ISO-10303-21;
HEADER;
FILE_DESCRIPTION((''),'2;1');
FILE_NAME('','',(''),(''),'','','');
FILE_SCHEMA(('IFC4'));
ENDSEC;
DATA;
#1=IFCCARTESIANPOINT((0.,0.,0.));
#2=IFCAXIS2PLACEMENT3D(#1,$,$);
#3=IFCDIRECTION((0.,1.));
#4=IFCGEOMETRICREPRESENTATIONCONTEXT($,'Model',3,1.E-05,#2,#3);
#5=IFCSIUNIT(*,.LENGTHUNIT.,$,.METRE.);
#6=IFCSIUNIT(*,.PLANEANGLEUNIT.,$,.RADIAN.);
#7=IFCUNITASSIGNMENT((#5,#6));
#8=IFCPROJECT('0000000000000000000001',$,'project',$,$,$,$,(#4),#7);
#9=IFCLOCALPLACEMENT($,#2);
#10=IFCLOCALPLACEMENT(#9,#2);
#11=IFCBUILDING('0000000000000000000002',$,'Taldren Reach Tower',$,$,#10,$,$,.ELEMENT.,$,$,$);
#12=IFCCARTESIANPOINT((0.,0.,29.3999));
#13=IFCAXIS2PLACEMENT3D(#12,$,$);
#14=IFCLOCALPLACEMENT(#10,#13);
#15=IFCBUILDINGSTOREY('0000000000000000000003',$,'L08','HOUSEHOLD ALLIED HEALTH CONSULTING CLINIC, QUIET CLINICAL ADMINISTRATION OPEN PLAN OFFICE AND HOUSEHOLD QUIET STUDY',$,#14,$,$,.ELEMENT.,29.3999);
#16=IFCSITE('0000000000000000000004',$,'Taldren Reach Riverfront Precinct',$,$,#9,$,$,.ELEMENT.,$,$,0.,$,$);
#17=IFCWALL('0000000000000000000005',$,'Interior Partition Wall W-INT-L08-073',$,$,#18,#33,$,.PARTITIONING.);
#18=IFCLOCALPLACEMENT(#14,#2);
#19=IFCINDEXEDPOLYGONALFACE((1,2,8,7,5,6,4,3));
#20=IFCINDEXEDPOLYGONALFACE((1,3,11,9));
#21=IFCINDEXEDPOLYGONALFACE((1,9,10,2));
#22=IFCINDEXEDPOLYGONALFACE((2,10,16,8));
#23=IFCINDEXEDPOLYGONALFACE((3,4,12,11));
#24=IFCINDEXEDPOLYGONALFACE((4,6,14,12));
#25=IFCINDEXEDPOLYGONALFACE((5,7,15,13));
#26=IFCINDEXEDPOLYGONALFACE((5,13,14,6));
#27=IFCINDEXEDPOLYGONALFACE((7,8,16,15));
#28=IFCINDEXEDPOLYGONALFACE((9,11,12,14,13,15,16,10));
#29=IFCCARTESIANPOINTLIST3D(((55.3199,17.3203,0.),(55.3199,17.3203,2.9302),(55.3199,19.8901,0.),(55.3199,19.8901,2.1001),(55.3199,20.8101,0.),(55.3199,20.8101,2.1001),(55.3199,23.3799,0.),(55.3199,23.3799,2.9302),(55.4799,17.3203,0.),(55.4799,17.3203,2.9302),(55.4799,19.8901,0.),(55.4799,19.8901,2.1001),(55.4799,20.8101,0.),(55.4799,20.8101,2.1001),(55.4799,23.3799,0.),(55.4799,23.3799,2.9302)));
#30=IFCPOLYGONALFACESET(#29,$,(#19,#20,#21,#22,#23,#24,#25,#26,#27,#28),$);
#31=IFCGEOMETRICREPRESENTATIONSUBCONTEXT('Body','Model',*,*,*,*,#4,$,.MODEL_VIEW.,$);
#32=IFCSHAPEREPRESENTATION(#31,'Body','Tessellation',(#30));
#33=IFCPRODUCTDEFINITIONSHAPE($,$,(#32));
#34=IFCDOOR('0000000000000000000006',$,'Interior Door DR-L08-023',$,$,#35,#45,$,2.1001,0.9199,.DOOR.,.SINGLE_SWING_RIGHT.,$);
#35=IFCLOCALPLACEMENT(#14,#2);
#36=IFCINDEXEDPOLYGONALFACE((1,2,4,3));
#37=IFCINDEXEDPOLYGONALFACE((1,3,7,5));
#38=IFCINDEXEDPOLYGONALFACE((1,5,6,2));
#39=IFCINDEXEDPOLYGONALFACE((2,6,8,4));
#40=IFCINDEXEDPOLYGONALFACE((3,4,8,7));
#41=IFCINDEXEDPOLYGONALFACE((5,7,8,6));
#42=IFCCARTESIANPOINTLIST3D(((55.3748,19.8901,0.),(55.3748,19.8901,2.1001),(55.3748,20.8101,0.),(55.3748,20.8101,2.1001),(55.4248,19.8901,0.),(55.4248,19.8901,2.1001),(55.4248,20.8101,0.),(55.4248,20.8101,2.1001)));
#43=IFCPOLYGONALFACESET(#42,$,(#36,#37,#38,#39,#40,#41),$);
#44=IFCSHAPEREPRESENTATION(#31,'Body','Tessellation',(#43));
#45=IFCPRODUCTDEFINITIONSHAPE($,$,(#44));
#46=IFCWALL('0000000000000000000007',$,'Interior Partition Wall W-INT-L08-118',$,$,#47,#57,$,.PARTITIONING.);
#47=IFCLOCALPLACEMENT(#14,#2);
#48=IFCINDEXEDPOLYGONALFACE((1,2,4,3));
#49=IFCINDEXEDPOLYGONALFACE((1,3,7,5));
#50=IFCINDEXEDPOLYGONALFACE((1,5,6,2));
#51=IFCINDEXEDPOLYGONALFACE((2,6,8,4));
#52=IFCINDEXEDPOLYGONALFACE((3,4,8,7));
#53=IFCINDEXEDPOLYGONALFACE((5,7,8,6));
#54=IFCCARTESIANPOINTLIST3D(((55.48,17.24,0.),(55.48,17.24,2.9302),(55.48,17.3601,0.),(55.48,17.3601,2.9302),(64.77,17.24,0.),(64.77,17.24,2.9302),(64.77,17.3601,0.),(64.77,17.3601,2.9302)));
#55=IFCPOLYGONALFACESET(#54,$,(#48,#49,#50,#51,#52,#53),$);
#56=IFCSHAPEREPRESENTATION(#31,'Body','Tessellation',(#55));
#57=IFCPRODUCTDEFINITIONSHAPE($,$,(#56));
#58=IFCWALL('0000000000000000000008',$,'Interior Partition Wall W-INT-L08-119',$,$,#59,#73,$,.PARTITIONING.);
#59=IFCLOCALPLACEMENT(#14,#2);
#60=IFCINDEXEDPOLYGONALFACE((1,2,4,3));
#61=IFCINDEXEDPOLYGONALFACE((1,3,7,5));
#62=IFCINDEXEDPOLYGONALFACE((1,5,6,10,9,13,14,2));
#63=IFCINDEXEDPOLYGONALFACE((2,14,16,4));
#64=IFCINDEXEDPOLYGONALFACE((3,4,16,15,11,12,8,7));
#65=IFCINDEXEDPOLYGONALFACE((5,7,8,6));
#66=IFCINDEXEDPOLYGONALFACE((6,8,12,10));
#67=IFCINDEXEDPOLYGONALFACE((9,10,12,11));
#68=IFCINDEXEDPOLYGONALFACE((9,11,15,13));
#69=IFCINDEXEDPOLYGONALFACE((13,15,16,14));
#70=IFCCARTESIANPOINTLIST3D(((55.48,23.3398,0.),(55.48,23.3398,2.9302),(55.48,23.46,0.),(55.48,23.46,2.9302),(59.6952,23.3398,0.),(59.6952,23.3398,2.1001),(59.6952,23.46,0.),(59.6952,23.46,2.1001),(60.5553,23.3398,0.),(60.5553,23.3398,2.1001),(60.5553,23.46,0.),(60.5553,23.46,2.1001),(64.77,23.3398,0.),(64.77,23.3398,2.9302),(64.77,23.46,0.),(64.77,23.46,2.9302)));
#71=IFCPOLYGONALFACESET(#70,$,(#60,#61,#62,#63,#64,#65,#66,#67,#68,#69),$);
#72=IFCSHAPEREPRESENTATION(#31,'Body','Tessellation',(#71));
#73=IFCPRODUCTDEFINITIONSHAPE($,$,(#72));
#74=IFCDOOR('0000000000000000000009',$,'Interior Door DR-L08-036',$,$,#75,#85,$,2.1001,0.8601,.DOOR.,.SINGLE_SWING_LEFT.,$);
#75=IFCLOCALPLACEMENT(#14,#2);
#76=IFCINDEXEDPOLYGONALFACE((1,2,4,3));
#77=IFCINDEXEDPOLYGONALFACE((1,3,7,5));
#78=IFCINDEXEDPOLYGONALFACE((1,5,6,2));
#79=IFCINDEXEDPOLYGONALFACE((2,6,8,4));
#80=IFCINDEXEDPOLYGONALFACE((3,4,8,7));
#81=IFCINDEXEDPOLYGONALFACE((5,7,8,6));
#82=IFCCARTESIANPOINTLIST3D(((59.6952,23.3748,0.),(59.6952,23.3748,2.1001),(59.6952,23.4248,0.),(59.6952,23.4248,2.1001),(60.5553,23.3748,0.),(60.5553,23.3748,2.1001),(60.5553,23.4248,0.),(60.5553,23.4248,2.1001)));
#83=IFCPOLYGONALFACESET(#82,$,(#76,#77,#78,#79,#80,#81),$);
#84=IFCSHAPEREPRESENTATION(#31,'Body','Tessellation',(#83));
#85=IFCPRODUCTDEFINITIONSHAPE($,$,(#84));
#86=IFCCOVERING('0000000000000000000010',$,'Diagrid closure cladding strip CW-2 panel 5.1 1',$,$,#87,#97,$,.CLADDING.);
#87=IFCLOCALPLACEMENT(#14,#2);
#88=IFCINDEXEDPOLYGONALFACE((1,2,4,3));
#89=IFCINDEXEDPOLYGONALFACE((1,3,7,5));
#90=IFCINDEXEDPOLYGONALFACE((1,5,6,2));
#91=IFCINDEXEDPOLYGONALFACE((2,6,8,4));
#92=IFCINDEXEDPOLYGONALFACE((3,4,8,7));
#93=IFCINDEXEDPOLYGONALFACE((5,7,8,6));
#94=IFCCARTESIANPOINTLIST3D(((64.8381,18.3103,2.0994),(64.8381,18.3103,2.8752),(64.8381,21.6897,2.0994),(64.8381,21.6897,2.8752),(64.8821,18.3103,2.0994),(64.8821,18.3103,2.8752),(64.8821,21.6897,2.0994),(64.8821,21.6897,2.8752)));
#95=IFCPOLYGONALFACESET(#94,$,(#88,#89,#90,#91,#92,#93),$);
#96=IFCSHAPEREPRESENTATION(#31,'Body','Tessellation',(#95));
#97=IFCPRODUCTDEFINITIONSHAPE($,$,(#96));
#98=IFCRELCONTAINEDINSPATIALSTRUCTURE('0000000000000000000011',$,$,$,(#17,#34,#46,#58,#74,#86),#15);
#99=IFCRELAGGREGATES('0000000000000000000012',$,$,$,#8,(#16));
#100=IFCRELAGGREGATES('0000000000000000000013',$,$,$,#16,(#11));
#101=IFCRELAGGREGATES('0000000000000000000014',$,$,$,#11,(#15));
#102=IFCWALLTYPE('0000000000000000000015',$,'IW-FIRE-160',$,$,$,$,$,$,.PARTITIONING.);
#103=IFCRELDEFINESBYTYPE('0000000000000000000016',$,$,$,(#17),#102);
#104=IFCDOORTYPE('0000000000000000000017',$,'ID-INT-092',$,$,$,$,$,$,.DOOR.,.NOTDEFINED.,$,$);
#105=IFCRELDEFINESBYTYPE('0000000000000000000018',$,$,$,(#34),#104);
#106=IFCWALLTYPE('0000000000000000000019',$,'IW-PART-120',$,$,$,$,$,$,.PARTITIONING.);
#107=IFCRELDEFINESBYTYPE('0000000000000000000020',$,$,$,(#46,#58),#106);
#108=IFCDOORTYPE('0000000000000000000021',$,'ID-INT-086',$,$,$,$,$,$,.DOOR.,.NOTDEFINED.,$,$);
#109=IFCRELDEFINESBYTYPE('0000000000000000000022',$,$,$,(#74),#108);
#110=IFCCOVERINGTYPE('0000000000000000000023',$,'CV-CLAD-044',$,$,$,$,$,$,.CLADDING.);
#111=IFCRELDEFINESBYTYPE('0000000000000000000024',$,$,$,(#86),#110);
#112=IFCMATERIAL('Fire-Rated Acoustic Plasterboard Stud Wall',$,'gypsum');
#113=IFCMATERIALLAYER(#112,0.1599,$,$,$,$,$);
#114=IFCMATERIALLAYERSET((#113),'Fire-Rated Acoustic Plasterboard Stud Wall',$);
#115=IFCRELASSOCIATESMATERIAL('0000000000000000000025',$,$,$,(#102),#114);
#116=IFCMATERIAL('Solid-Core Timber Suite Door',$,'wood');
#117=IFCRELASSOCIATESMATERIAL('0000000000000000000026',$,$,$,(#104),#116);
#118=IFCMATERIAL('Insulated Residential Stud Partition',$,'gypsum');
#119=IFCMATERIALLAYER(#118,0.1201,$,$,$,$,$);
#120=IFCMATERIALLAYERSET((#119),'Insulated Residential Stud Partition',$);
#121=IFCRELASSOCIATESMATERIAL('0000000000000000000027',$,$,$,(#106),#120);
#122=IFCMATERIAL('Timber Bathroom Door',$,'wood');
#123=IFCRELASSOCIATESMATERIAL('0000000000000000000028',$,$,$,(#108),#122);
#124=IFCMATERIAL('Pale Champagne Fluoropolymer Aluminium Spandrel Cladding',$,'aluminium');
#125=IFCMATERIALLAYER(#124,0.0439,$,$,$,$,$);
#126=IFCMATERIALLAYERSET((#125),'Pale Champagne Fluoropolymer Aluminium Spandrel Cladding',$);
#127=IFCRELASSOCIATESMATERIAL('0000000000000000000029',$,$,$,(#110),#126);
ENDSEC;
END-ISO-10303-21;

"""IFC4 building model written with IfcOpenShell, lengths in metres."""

from ifc_helpers import new_model, si_unit, direction, frame, frame_2d, origin, origin_2d, place, context, subcontext, project, spatial, rectangle, extrude, source, transform, mapped, material, layer, layer_set, type_object, element, fill, save


model = new_model("IFC4")

# Units and contexts
model_context = context("Model", 3, precision=1e-05, world=origin(), true_north=direction((0.0, 1.0)))
body_context = subcontext(model_context, "Body", "Model", "MODEL_VIEW")
ifc_project = project(units=[si_unit("LENGTHUNIT", "METRE"), si_unit("PLANEANGLEUNIT", "RADIAN")], contexts=[model_context])

# Site, building, storey
site_placement = place(None, origin())
site = spatial("IfcSite", under=ifc_project, at=site_placement, Name="Taldren Reach Riverfront Precinct", CompositionType="ELEMENT", RefElevation=0.0)
building_placement = place(site_placement, origin())
building = spatial("IfcBuilding", under=site, at=building_placement, Name="Taldren Reach Tower", CompositionType="ELEMENT")
storey_placement = place(building_placement, frame((0.0, 0.0, 29.3999)))
storey = spatial("IfcBuildingStorey", under=building, at=storey_placement, Name="L08", Description="HOUSEHOLD ALLIED HEALTH CONSULTING CLINIC, QUIET CLINICAL ADMINISTRATION OPEN PLAN OFFICE AND HOUSEHOLD QUIET STUDY", CompositionType="ELEMENT", Elevation=29.3999)

# Wall, opening, door
ifc_material_1 = material(Name="Fire-Rated Acoustic Plasterboard Stud Wall", Category="gypsum")
ifc_layer_1 = layer(ifc_material_1, 0.1599)
ifc_layer_set_1 = layer_set([ifc_layer_1], Name="Fire-Rated Acoustic Plasterboard Stud Wall")
wall_type_1 = type_object("IfcWallType", Name="IW-FIRE-160", PredefinedType="PARTITIONING", material=ifc_layer_set_1)
shared_shape_1 = source(origin(), body_context, "Body", "SweptSolid", [
    extrude(rectangle(XDim=0.9199, YDim=2.1001, at=frame_2d((0.46, 1.05))), frame((0.0, 0.0898, 0.0), z_axis=(0.0, -1.0, 0.0), x_axis=(1.0, 0.0, 0.0)), (0.0, 0.0, 1.0), 0.1799),
])
ifc_material_2 = material(Name="Solid-Core Timber Suite Door", Category="wood")
door_type_1 = type_object("IfcDoorType", Name="ID-INT-092", OperationType="NOTDEFINED", PredefinedType="DOOR", material=ifc_material_2)
shared_shape_2 = source(origin(), body_context, "Body", "SweptSolid", [
    extrude(rectangle(XDim=0.9199, YDim=2.1001, at=frame_2d((0.46, 1.05))), frame((0.0, 0.0249, 0.0), z_axis=(0.0, -1.0, 0.0), x_axis=(1.0, 0.0, 0.0)), (0.0, 0.0, 1.0), 0.05),
])
shared_shape_3 = source(origin(), body_context, "Body", "SweptSolid", [
    extrude(rectangle(XDim=6.0596, YDim=0.1599, at=frame_2d((3.0298, 0.0))), origin(), (0.0, 0.0, 1.0), 2.9302),
])
wall_1_placement = place(storey_placement, frame((55.3999, 23.3799, 0.0), z_axis=(0.0, 0.0, 1.0), x_axis=(0.0, -1.0, 0.0)))
wall_1 = element("IfcWall", 1, at=wall_1_placement, inside=storey, type_object=wall_type_1, Name="Interior Partition Wall W-INT-L08-073", PredefinedType="PARTITIONING", context=body_context, shape_type="MappedRepresentation", body=[
    mapped(shared_shape_3, transform((0.0, 0.0, 0.0), scale=1.0)),
])
opening_1_placement = place(wall_1_placement, frame((2.5698, 0.0, 0.0)))
opening_1 = element("IfcOpeningElement", 2, at=opening_1_placement, cuts=wall_1, PredefinedType="OPENING", context=body_context, shape_type="MappedRepresentation", body=[
    mapped(shared_shape_1, transform((0.0, 0.0, 0.0), scale=1.0)),
])
door_1_placement = place(opening_1_placement, origin())
door_1 = element("IfcDoor", 3, at=door_1_placement, inside=storey, type_object=door_type_1, Name="Interior Door DR-L08-023", OperationType="SINGLE_SWING_RIGHT", OverallHeight=2.1001, OverallWidth=0.9199, PredefinedType="DOOR", context=body_context, shape_type="MappedRepresentation", body=[
    mapped(shared_shape_2, transform((0.0, 0.0, 0.0), scale=1.0)),
])
fill(opening_1, door_1)

# Wall
ifc_material_3 = material(Name="Insulated Residential Stud Partition", Category="gypsum")
ifc_layer_2 = layer(ifc_material_3, 0.1201)
ifc_layer_set_2 = layer_set([ifc_layer_2], Name="Insulated Residential Stud Partition")
wall_type_2 = type_object("IfcWallType", Name="IW-PART-120", PredefinedType="PARTITIONING", material=ifc_layer_set_2)
shared_shape_4 = source(origin(), body_context, "Body", "SweptSolid", [
    extrude(rectangle(XDim=9.29, YDim=0.1201, at=frame_2d((4.645, 0.0))), origin(), (0.0, 0.0, 1.0), 2.9302),
])
wall_2_placement = place(storey_placement, frame((55.48, 17.3, 0.0), z_axis=(0.0, 0.0, 1.0), x_axis=(1.0, 0.0, 0.0)))
element("IfcWall", 4, at=wall_2_placement, inside=storey, type_object=wall_type_2, Name="Interior Partition Wall W-INT-L08-118", PredefinedType="PARTITIONING", context=body_context, shape_type="MappedRepresentation", body=[
    mapped(shared_shape_4, transform((0.0, 0.0, 0.0), scale=1.0)),
])

# Wall, opening, door
wall_3_placement = place(storey_placement, frame((55.48, 23.3999, 0.0), z_axis=(0.0, 0.0, 1.0), x_axis=(1.0, 0.0, 0.0)))
wall_3 = element("IfcWall", 5, at=wall_3_placement, inside=storey, type_object=wall_type_2, Name="Interior Partition Wall W-INT-L08-119", PredefinedType="PARTITIONING", context=body_context, shape_type="MappedRepresentation", body=[
    mapped(shared_shape_4, transform((0.0, 0.0, 0.0), scale=1.0)),
])
shared_shape_5 = source(origin(), body_context, "Body", "SweptSolid", [
    extrude(rectangle(XDim=0.8601, YDim=2.1001, at=frame_2d((0.4302, 1.05))), frame((0.0, 0.0701, 0.0), z_axis=(0.0, -1.0, 0.0), x_axis=(1.0, 0.0, 0.0)), (0.0, 0.0, 1.0), 0.1401),
])
opening_2_placement = place(wall_3_placement, frame((4.2151, 0.0, 0.0)))
opening_2 = element("IfcOpeningElement", 6, at=opening_2_placement, cuts=wall_3, PredefinedType="OPENING", context=body_context, shape_type="MappedRepresentation", body=[
    mapped(shared_shape_5, transform((0.0, 0.0, 0.0), scale=1.0)),
])
ifc_material_4 = material(Name="Timber Bathroom Door", Category="wood")
door_type_2 = type_object("IfcDoorType", Name="ID-INT-086", OperationType="NOTDEFINED", PredefinedType="DOOR", material=ifc_material_4)
shared_shape_6 = source(origin(), body_context, "Body", "SweptSolid", [
    extrude(rectangle(XDim=0.8601, YDim=2.1001, at=frame_2d((0.4302, 1.05))), frame((0.0, 0.0249, 0.0), z_axis=(0.0, -1.0, 0.0), x_axis=(1.0, 0.0, 0.0)), (0.0, 0.0, 1.0), 0.05),
])
door_2_placement = place(opening_2_placement, origin())
door_2 = element("IfcDoor", 7, at=door_2_placement, inside=storey, type_object=door_type_2, Name="Interior Door DR-L08-036", OperationType="SINGLE_SWING_LEFT", OverallHeight=2.1001, OverallWidth=0.8601, PredefinedType="DOOR", context=body_context, shape_type="MappedRepresentation", body=[
    mapped(shared_shape_6, transform((0.0, 0.0, 0.0), scale=1.0)),
])
fill(opening_2, door_2)

# Covering
ifc_material_5 = material(Name="Pale Champagne Fluoropolymer Aluminium Spandrel Cladding", Category="aluminium")
ifc_layer_3 = layer(ifc_material_5, 0.0439)
ifc_layer_set_3 = layer_set([ifc_layer_3], Name="Pale Champagne Fluoropolymer Aluminium Spandrel Cladding")
covering_type = type_object("IfcCoveringType", Name="CV-CLAD-044", PredefinedType="CLADDING", material=ifc_layer_set_3)
shared_shape_7 = source(origin(), body_context, "Body", "SweptSolid", [
    extrude(rectangle(XDim=3.3794, YDim=0.0439, at=origin_2d()), origin(), (0.0, 0.0, 1.0), 0.7759),
])
covering_placement = place(storey_placement, frame((64.8601, 20.0, 2.0994), z_axis=(0.0, 0.0, 1.0), x_axis=(0.0, 1.0, 0.0)))
element("IfcCovering", 8, at=covering_placement, inside=storey, type_object=covering_type, Name="Diagrid closure cladding strip CW-2 panel 5.1 1", PredefinedType="CLADDING", context=body_context, shape_type="MappedRepresentation", body=[
    mapped(shared_shape_7, transform((0.0, 0.0, 0.0), scale=1.0)),
])

save(model, "model.ifc")
